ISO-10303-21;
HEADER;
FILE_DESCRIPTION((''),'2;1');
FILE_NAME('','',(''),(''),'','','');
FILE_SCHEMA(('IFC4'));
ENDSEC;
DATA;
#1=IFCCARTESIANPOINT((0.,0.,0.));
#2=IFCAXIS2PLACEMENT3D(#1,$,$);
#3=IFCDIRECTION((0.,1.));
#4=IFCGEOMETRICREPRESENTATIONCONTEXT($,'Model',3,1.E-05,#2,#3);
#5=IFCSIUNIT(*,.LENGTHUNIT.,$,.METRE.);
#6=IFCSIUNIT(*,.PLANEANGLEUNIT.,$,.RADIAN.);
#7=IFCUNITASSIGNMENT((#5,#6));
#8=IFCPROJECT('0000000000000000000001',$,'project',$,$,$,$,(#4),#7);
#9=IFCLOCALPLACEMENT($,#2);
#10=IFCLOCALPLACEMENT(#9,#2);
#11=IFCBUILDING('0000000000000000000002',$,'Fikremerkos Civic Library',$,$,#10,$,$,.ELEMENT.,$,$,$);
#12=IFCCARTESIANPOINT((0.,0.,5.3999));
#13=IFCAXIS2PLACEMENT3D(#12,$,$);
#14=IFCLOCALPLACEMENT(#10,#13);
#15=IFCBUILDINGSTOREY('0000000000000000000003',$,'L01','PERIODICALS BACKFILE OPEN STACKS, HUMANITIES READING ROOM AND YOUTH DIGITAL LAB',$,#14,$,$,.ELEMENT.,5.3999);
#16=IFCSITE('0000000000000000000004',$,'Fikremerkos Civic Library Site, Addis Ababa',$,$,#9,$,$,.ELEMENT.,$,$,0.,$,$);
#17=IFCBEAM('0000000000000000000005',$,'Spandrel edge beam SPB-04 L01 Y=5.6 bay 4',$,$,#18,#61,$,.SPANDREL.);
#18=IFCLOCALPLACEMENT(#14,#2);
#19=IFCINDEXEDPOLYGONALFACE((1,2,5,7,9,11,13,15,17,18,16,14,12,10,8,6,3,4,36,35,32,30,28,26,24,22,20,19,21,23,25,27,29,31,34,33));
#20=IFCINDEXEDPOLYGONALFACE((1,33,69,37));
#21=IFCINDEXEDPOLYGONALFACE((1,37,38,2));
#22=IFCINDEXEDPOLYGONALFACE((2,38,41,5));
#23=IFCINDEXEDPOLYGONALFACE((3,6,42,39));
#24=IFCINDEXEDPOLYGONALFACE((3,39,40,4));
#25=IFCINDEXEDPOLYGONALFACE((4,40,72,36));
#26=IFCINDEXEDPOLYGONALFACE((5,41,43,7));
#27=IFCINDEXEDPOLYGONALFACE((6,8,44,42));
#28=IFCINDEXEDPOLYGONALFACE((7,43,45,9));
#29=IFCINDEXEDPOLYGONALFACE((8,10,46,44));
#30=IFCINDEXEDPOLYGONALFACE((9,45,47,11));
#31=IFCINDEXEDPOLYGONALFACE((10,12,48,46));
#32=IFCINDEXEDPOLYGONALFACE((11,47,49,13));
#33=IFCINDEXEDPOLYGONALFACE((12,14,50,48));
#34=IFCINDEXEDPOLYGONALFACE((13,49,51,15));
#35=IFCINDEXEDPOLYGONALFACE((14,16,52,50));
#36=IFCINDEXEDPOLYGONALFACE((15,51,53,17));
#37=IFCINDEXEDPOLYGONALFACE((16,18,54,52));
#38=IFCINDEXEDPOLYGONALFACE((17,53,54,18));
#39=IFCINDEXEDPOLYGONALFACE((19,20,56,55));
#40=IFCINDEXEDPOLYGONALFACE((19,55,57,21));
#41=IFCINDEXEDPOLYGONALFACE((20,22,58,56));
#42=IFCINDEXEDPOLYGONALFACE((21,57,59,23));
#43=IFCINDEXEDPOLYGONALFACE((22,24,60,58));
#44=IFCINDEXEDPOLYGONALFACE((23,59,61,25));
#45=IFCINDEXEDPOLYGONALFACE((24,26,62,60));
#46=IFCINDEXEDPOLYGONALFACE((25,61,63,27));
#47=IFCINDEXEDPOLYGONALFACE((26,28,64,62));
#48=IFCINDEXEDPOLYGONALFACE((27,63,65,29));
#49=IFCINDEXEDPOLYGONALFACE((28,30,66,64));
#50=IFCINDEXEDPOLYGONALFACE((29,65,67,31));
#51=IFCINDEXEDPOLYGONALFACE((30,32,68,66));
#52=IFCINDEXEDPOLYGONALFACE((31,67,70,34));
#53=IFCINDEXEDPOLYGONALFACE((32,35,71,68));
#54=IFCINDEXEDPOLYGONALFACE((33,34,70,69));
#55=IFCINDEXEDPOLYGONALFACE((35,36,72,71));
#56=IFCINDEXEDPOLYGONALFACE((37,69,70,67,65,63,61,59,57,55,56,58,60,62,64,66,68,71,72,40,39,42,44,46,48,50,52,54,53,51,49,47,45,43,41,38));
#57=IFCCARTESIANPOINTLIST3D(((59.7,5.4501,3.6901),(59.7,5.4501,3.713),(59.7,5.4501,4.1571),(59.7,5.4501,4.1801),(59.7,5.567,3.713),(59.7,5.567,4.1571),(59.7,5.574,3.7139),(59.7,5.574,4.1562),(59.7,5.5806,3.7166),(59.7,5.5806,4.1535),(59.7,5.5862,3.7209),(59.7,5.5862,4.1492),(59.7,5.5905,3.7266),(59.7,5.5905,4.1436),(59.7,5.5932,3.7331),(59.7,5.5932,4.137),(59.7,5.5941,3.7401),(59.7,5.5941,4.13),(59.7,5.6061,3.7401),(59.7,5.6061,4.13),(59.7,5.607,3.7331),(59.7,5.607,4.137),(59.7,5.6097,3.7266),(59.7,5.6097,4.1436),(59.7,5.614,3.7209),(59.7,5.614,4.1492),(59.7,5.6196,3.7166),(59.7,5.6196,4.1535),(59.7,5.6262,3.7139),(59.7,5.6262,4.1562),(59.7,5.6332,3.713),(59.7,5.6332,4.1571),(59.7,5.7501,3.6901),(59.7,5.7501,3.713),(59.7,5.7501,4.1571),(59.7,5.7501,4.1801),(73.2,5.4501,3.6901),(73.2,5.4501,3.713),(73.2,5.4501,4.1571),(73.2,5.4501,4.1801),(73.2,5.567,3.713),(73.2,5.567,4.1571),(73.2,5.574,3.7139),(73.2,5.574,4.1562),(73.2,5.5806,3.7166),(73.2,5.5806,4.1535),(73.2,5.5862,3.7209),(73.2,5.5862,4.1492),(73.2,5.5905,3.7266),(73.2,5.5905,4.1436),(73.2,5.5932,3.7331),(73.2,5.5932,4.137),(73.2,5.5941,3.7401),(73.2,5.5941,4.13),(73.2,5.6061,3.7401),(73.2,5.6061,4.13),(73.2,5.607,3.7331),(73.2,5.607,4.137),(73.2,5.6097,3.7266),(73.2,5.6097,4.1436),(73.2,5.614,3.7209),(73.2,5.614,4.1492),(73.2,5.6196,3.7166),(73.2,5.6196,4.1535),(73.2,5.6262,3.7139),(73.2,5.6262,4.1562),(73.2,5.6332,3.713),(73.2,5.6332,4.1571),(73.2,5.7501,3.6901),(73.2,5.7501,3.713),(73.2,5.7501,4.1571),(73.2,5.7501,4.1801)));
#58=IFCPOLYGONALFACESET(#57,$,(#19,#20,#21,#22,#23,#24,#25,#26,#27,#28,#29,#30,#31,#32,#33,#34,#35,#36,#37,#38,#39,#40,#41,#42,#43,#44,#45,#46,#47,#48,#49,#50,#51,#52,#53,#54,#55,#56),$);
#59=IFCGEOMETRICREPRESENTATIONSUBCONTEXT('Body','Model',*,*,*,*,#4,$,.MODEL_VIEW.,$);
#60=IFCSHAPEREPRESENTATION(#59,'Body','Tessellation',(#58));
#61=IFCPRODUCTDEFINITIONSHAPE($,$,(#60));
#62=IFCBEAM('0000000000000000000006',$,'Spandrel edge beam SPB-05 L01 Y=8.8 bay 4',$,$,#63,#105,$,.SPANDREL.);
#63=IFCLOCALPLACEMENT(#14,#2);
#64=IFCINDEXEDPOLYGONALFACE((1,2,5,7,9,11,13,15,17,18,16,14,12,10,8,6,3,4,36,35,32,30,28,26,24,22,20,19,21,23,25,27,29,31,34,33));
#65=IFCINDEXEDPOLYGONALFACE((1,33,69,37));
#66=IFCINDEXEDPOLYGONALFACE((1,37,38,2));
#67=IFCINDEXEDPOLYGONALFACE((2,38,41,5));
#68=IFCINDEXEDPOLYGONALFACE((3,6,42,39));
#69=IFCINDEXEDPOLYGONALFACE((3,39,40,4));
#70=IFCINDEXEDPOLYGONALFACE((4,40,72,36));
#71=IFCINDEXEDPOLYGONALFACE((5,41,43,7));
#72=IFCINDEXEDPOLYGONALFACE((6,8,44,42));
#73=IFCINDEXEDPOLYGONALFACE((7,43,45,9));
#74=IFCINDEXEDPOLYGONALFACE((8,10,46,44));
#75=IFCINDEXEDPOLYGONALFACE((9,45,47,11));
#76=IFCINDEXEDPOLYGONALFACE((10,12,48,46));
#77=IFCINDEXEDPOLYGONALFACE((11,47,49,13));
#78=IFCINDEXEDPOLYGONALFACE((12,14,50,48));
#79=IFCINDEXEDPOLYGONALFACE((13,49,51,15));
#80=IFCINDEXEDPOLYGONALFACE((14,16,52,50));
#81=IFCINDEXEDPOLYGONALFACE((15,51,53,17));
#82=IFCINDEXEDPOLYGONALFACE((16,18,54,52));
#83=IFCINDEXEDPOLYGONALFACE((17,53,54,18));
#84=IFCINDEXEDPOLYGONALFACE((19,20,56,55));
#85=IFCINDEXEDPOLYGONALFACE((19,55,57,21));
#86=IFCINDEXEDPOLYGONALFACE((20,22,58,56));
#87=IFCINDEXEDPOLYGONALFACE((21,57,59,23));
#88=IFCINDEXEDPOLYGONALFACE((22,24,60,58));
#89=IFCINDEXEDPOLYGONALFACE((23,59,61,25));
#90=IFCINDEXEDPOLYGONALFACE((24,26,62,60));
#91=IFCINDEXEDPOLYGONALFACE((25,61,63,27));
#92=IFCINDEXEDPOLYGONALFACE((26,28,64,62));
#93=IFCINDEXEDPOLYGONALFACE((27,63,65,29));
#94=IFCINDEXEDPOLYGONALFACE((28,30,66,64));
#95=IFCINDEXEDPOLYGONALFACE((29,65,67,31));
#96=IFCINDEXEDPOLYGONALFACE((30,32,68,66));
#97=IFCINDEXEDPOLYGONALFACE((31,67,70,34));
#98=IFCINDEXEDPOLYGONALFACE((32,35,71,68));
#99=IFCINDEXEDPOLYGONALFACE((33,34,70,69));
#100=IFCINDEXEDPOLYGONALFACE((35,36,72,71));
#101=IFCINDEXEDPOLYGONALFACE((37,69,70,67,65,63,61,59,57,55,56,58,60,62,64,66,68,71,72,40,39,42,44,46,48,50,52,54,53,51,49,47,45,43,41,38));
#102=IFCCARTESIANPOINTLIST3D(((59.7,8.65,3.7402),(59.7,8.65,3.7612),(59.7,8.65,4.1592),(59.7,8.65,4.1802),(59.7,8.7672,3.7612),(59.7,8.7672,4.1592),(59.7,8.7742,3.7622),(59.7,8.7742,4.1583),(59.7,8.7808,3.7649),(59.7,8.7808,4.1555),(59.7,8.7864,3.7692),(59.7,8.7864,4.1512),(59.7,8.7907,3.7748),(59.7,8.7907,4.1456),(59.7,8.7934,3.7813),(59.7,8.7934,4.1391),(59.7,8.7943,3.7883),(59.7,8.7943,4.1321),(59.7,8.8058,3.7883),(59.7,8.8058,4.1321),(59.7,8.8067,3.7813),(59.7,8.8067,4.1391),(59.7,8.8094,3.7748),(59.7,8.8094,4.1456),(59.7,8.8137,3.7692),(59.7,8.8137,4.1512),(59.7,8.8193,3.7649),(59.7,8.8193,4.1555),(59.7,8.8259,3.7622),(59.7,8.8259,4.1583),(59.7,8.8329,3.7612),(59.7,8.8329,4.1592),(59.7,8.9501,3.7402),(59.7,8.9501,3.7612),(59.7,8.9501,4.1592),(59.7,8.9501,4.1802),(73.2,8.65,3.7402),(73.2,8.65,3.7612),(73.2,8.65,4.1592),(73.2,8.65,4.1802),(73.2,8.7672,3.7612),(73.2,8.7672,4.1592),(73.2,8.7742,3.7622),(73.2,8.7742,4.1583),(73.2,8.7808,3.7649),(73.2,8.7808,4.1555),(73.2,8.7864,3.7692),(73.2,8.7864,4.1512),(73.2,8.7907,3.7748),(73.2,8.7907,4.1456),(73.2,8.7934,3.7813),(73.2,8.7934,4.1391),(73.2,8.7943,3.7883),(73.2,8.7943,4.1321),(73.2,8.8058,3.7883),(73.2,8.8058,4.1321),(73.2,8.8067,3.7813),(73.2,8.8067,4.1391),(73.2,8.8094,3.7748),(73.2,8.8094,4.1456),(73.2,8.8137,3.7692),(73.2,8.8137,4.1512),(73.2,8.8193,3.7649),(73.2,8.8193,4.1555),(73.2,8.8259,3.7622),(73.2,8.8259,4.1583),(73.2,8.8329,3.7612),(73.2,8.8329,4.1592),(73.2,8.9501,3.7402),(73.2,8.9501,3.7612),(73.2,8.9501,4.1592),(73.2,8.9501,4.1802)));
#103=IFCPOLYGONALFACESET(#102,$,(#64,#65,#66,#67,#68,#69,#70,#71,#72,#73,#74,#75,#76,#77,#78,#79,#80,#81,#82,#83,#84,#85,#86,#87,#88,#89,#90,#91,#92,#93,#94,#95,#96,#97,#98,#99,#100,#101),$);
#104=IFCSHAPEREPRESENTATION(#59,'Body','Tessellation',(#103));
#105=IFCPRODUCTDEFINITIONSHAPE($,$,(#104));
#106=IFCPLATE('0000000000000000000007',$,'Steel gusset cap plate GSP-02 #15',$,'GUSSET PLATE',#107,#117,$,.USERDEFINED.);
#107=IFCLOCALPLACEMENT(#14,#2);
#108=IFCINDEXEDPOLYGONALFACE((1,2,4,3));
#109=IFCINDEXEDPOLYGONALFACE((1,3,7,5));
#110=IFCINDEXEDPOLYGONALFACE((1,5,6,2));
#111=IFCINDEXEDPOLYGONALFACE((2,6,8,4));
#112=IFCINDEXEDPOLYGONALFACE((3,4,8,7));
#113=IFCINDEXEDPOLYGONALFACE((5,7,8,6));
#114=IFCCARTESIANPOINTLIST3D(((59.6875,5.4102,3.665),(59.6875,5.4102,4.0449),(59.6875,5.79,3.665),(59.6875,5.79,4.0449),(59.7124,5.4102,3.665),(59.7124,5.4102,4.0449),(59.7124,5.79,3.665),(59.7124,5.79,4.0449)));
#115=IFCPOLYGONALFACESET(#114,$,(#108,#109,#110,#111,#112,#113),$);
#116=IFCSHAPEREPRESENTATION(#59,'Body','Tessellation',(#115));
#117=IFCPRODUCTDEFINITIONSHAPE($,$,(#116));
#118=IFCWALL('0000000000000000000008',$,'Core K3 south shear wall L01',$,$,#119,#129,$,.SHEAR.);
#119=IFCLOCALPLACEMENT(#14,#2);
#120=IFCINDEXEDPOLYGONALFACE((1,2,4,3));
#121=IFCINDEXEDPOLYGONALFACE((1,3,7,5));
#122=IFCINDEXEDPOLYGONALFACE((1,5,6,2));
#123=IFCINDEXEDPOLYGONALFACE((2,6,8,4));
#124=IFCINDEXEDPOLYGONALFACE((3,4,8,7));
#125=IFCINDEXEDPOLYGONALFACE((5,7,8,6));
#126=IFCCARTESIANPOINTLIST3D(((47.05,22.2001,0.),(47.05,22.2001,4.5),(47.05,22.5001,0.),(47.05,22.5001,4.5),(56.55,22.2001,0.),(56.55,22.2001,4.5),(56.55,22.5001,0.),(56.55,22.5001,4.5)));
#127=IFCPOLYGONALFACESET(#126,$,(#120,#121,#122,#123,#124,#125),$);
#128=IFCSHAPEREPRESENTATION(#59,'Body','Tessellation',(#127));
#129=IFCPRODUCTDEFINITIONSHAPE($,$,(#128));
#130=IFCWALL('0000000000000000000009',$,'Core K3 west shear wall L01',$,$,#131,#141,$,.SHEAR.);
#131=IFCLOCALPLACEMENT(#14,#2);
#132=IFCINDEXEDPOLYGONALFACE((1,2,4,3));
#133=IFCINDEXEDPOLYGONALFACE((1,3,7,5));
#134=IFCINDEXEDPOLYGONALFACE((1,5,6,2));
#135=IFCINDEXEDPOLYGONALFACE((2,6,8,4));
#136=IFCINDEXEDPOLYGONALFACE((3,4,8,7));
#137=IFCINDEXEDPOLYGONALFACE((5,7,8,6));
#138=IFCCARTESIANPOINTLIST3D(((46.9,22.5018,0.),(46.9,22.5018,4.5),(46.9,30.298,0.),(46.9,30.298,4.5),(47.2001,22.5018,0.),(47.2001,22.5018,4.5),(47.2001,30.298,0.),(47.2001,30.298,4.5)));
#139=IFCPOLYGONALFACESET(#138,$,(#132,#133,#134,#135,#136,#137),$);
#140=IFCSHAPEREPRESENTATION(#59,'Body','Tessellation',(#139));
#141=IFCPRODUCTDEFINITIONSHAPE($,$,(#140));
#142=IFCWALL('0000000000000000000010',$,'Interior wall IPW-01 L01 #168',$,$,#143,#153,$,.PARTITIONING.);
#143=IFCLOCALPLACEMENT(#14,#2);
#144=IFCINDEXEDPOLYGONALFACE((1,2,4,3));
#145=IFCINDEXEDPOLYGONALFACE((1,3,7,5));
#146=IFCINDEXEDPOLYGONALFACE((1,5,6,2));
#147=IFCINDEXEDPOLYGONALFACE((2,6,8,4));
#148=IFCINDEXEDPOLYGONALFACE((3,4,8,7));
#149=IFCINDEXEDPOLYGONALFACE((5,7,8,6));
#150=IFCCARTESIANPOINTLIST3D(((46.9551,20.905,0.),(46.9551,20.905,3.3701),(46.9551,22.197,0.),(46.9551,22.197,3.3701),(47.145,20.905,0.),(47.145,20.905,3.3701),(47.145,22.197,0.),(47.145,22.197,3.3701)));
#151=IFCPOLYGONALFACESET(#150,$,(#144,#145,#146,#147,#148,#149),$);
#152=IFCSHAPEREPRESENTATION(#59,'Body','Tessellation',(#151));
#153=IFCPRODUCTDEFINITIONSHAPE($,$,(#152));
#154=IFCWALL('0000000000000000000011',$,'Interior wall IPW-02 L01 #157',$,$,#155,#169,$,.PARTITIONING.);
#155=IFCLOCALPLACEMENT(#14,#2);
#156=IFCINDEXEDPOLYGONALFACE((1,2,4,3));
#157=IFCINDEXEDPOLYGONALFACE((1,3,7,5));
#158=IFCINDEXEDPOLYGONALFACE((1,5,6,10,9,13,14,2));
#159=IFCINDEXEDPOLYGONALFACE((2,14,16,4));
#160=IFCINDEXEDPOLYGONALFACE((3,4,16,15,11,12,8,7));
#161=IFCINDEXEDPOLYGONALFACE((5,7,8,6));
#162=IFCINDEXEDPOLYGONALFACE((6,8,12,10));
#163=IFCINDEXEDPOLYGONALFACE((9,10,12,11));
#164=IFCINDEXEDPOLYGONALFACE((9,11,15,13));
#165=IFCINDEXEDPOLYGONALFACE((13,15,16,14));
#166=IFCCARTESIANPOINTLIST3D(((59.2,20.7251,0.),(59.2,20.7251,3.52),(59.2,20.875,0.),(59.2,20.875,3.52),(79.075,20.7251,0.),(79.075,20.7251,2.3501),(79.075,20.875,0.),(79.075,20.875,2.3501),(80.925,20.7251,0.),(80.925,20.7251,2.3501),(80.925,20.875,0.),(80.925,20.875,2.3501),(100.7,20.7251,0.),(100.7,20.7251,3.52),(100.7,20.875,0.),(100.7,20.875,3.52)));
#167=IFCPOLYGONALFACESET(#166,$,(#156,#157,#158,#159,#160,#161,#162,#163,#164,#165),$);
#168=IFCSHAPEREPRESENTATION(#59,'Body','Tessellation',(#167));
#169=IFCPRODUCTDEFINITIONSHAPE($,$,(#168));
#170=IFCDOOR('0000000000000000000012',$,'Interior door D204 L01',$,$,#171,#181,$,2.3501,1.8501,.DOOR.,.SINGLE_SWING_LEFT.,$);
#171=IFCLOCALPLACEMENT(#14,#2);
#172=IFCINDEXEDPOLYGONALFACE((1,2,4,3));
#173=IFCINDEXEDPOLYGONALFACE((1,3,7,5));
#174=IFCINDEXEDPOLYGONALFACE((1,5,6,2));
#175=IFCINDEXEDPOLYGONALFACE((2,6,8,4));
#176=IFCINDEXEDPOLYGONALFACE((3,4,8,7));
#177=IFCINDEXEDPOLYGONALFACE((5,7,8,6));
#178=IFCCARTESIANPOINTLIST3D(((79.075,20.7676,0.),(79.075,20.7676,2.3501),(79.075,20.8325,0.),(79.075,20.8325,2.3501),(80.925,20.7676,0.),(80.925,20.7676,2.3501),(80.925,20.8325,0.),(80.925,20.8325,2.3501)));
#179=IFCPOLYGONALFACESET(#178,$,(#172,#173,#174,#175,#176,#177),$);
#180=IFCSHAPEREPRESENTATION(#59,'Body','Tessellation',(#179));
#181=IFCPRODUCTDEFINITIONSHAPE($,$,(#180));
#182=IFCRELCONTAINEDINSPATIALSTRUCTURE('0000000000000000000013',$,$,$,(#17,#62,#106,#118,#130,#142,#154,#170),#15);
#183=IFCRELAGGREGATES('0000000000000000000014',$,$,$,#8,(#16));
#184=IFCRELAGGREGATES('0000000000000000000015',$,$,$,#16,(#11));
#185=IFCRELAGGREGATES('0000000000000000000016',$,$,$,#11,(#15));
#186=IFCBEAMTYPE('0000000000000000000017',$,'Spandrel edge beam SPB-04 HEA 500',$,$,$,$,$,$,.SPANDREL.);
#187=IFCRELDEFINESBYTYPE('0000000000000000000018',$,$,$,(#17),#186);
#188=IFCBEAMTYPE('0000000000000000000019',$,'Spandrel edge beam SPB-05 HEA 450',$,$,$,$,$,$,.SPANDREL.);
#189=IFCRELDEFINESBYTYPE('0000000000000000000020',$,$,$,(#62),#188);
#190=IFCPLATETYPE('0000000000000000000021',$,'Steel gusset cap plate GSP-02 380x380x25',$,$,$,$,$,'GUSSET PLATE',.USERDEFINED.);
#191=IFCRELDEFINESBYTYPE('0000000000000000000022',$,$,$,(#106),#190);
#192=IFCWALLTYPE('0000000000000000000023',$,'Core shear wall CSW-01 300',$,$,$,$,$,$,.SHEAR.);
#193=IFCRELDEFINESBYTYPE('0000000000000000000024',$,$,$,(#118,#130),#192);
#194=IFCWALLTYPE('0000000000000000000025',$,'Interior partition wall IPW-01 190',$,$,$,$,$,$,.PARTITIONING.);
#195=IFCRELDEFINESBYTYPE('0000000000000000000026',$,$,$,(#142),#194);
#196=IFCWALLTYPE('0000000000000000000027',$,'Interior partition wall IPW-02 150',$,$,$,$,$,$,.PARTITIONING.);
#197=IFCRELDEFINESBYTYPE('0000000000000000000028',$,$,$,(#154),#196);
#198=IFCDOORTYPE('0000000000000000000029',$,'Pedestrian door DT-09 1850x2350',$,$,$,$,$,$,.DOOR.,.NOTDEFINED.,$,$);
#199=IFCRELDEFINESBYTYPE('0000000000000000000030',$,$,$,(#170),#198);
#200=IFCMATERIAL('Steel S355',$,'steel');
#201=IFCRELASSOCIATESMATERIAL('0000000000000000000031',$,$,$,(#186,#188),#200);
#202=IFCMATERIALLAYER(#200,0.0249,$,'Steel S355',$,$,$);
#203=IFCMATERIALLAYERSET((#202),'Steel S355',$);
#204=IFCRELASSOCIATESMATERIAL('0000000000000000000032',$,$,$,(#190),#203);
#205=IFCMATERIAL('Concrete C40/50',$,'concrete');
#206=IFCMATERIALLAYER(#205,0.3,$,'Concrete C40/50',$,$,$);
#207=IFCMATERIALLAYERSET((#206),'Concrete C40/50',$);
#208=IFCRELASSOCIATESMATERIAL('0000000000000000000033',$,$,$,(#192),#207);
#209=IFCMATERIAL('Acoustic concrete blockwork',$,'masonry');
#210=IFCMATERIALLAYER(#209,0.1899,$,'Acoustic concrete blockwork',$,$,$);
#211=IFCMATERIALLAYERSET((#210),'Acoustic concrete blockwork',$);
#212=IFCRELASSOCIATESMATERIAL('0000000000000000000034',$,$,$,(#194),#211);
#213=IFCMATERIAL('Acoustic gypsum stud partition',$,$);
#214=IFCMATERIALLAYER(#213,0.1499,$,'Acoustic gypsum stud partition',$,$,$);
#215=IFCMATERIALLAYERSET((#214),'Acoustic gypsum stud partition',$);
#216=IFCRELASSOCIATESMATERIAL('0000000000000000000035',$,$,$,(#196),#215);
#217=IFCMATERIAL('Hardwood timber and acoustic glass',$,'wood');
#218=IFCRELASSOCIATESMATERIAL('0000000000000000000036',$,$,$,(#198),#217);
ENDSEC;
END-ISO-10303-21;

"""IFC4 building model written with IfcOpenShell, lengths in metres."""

from ifc_helpers import new_model, si_unit, direction, frame, frame_2d, origin, origin_2d, place, context, subcontext, project, spatial, rectangle, i_section, extrude, material, layer, layer_set, material_profile, profile_set, type_object, element, fill, save


model = new_model("IFC4")

# Units and contexts
model_context = context("Model", 3, precision=1e-05, world=origin(), true_north=direction((0.0, 1.0)))
body_context = subcontext(model_context, "Body", "Model", "MODEL_VIEW")
ifc_project = project(units=[si_unit("LENGTHUNIT", "METRE"), si_unit("PLANEANGLEUNIT", "RADIAN")], contexts=[model_context])

# Site, building, storey
site_placement = place(None, origin())
site = spatial("IfcSite", under=ifc_project, at=site_placement, Name="Fikremerkos Civic Library Site, Addis Ababa", CompositionType="ELEMENT", RefElevation=0.0)
building_placement = place(site_placement, origin())
building = spatial("IfcBuilding", under=site, at=building_placement, Name="Fikremerkos Civic Library", CompositionType="ELEMENT")
storey_placement = place(building_placement, frame((0.0, 0.0, 5.3999)))
storey = spatial("IfcBuildingStorey", under=building, at=storey_placement, Name="L01", Description="PERIODICALS BACKFILE OPEN STACKS, HUMANITIES READING ROOM AND YOUTH DIGITAL LAB", CompositionType="ELEMENT", Elevation=5.3999)

# Shared definitions
ifc_material_1 = material(Name="Concrete C40/50", Category="concrete")

# Shared definitions
ifc_material_2 = material(Name="Steel S355", Category="steel")

# Beams
ifc_material_profile_1 = material_profile(ifc_material_2, i_section(OverallWidth=0.3, OverallDepth=0.49, WebThickness=0.012, FlangeThickness=0.0229, FilletRadius=0.0271, at=origin_2d()), Name="HEA 500")
ifc_profile_set_1 = profile_set([ifc_material_profile_1], Name="Steel S355")
beam_type_1 = type_object("IfcBeamType", Name="Spandrel edge beam SPB-04 HEA 500", PredefinedType="SPANDREL", material=ifc_profile_set_1)
beam_1_placement = place(storey_placement, frame((59.7, 5.6001, 3.9351), z_axis=(1.0, 0.0, 0.0), x_axis=(0.0, 1.0, 0.0)))
element("IfcBeam", 1, at=beam_1_placement, inside=storey, type_object=beam_type_1, Name="Spandrel edge beam SPB-04 L01 Y=5.6 bay 4", PredefinedType="SPANDREL", context=body_context, shape_type="SweptSolid", body=[
    extrude(i_section(OverallWidth=0.3, OverallDepth=0.49, WebThickness=0.012, FlangeThickness=0.0229, FilletRadius=0.0271, at=origin_2d()), origin(), (0.0, 0.0, 1.0), 13.5),
])
ifc_material_profile_2 = material_profile(ifc_material_2, i_section(OverallWidth=0.3, OverallDepth=0.4399, WebThickness=0.0115, FlangeThickness=0.021, FilletRadius=0.0271, at=origin_2d()), Name="HEA 450")
ifc_profile_set_2 = profile_set([ifc_material_profile_2], Name="Steel S355")
beam_type_2 = type_object("IfcBeamType", Name="Spandrel edge beam SPB-05 HEA 450", PredefinedType="SPANDREL", material=ifc_profile_set_2)
beam_2_placement = place(storey_placement, frame((59.7, 8.8, 3.9602), z_axis=(1.0, 0.0, 0.0), x_axis=(0.0, 1.0, 0.0)))
element("IfcBeam", 2, at=beam_2_placement, inside=storey, type_object=beam_type_2, Name="Spandrel edge beam SPB-05 L01 Y=8.8 bay 4", PredefinedType="SPANDREL", context=body_context, shape_type="SweptSolid", body=[
    extrude(i_section(OverallWidth=0.3, OverallDepth=0.4399, WebThickness=0.0115, FlangeThickness=0.021, FilletRadius=0.0271, at=origin_2d()), origin(), (0.0, 0.0, 1.0), 13.5),
])

# Plate
ifc_layer_1 = layer(ifc_material_2, 0.0249, Name="Steel S355")
ifc_layer_set_1 = layer_set([ifc_layer_1], Name="Steel S355")
plate_type = type_object("IfcPlateType", Name="Steel gusset cap plate GSP-02 380x380x25", ElementType="GUSSET PLATE", PredefinedType="USERDEFINED", material=ifc_layer_set_1)
plate_placement = place(storey_placement, frame((59.7, 5.6001, 3.665), z_axis=(0.0, 0.0, 1.0), x_axis=(1.0, 0.0, 0.0)))
element("IfcPlate", 3, at=plate_placement, inside=storey, type_object=plate_type, Name="Steel gusset cap plate GSP-02 #15", ObjectType="GUSSET PLATE", PredefinedType="USERDEFINED", context=body_context, shape_type="SweptSolid", body=[
    extrude(rectangle(XDim=0.0249, YDim=0.3799, at=origin_2d()), origin(), (0.0, 0.0, 1.0), 0.3799),
])

# Walls
ifc_layer_2 = layer(ifc_material_1, 0.3, Name="Concrete C40/50")
ifc_layer_set_2 = layer_set([ifc_layer_2], Name="Concrete C40/50")
wall_type_1 = type_object("IfcWallType", Name="Core shear wall CSW-01 300", PredefinedType="SHEAR", material=ifc_layer_set_2)
wall_1_placement = place(storey_placement, frame((56.55, 22.3501, 0.0), z_axis=(0.0, 0.0, 1.0), x_axis=(-1.0, 0.0, 0.0)))
element("IfcWall", 4, at=wall_1_placement, inside=storey, type_object=wall_type_1, Name="Core K3 south shear wall L01", PredefinedType="SHEAR", context=body_context, shape_type="SweptSolid", body=[
    extrude(rectangle(XDim=9.5, YDim=0.3, at=frame_2d((4.75, 0.0))), origin(), (0.0, 0.0, 1.0), 4.5),
])
wall_2_placement = place(storey_placement, frame((47.05, 22.502, 0.0), z_axis=(0.0, 0.0, 1.0), x_axis=(0.0, 1.0, 0.0)))
element("IfcWall", 5, at=wall_2_placement, inside=storey, type_object=wall_type_1, Name="Core K3 west shear wall L01", PredefinedType="SHEAR", context=body_context, shape_type="SweptSolid", body=[
    extrude(rectangle(XDim=7.7961, YDim=0.3, at=frame_2d((3.8979, 0.0))), origin(), (0.0, 0.0, 1.0), 4.5),
])

# Wall
ifc_material_3 = material(Name="Acoustic concrete blockwork", Category="masonry")
ifc_layer_3 = layer(ifc_material_3, 0.1899, Name="Acoustic concrete blockwork")
ifc_layer_set_3 = layer_set([ifc_layer_3], Name="Acoustic concrete blockwork")
wall_type_2 = type_object("IfcWallType", Name="Interior partition wall IPW-01 190", PredefinedType="PARTITIONING", material=ifc_layer_set_3)
wall_3_placement = place(storey_placement, frame((47.05, 20.905, 0.0), z_axis=(0.0, 0.0, 1.0), x_axis=(0.0, 1.0, 0.0)))
element("IfcWall", 6, at=wall_3_placement, inside=storey, type_object=wall_type_2, Name="Interior wall IPW-01 L01 #168", PredefinedType="PARTITIONING", context=body_context, shape_type="SweptSolid", body=[
    extrude(rectangle(XDim=1.292, YDim=0.1899, at=frame_2d((0.646, 0.0))), origin(), (0.0, 0.0, 1.0), 3.3701),
])

# Wall, opening, door
ifc_material_4 = material(Name="Acoustic gypsum stud partition")
ifc_layer_4 = layer(ifc_material_4, 0.1499, Name="Acoustic gypsum stud partition")
ifc_layer_set_4 = layer_set([ifc_layer_4], Name="Acoustic gypsum stud partition")
wall_type_3 = type_object("IfcWallType", Name="Interior partition wall IPW-02 150", PredefinedType="PARTITIONING", material=ifc_layer_set_4)
wall_4_placement = place(storey_placement, frame((59.2, 20.8, 0.0), z_axis=(0.0, 0.0, 1.0), x_axis=(1.0, 0.0, 0.0)))
wall_4 = element("IfcWall", 7, at=wall_4_placement, inside=storey, type_object=wall_type_3, Name="Interior wall IPW-02 L01 #157", PredefinedType="PARTITIONING", context=body_context, shape_type="SweptSolid", body=[
    extrude(rectangle(XDim=41.5, YDim=0.1499, at=frame_2d((20.75, 0.0))), origin(), (0.0, 0.0, 1.0), 3.52),
])
opening_1_placement = place(wall_4_placement, frame((19.875, 0.0, 0.0)))
opening_1 = element("IfcOpeningElement", 8, at=opening_1_placement, cuts=wall_4, PredefinedType="OPENING", context=body_context, shape_type="SweptSolid", body=[
    extrude(rectangle(XDim=1.8501, YDim=2.3501, at=frame_2d((0.925, 1.175))), frame((0.0, 0.085, 0.0), z_axis=(0.0, -1.0, 0.0), x_axis=(1.0, 0.0, 0.0)), (0.0, 0.0, 1.0), 0.1699),
])
ifc_material_5 = material(Name="Hardwood timber and acoustic glass", Category="wood")
door_type = type_object("IfcDoorType", Name="Pedestrian door DT-09 1850x2350", OperationType="NOTDEFINED", PredefinedType="DOOR", material=ifc_material_5)
door_placement = place(opening_1_placement, origin())
door = element("IfcDoor", 9, at=door_placement, inside=storey, type_object=door_type, Name="Interior door D204 L01", OperationType="SINGLE_SWING_LEFT", OverallHeight=2.3501, OverallWidth=1.8501, PredefinedType="DOOR", context=body_context, shape_type="SweptSolid", body=[
    extrude(rectangle(XDim=1.8501, YDim=2.3501, at=frame_2d((0.925, 1.175))), frame((0.0, 0.0325, 0.0), z_axis=(0.0, -1.0, 0.0), x_axis=(1.0, 0.0, 0.0)), (0.0, 0.0, 1.0), 0.0649),
])
fill(opening_1, door)

save(model, "model.ifc")
